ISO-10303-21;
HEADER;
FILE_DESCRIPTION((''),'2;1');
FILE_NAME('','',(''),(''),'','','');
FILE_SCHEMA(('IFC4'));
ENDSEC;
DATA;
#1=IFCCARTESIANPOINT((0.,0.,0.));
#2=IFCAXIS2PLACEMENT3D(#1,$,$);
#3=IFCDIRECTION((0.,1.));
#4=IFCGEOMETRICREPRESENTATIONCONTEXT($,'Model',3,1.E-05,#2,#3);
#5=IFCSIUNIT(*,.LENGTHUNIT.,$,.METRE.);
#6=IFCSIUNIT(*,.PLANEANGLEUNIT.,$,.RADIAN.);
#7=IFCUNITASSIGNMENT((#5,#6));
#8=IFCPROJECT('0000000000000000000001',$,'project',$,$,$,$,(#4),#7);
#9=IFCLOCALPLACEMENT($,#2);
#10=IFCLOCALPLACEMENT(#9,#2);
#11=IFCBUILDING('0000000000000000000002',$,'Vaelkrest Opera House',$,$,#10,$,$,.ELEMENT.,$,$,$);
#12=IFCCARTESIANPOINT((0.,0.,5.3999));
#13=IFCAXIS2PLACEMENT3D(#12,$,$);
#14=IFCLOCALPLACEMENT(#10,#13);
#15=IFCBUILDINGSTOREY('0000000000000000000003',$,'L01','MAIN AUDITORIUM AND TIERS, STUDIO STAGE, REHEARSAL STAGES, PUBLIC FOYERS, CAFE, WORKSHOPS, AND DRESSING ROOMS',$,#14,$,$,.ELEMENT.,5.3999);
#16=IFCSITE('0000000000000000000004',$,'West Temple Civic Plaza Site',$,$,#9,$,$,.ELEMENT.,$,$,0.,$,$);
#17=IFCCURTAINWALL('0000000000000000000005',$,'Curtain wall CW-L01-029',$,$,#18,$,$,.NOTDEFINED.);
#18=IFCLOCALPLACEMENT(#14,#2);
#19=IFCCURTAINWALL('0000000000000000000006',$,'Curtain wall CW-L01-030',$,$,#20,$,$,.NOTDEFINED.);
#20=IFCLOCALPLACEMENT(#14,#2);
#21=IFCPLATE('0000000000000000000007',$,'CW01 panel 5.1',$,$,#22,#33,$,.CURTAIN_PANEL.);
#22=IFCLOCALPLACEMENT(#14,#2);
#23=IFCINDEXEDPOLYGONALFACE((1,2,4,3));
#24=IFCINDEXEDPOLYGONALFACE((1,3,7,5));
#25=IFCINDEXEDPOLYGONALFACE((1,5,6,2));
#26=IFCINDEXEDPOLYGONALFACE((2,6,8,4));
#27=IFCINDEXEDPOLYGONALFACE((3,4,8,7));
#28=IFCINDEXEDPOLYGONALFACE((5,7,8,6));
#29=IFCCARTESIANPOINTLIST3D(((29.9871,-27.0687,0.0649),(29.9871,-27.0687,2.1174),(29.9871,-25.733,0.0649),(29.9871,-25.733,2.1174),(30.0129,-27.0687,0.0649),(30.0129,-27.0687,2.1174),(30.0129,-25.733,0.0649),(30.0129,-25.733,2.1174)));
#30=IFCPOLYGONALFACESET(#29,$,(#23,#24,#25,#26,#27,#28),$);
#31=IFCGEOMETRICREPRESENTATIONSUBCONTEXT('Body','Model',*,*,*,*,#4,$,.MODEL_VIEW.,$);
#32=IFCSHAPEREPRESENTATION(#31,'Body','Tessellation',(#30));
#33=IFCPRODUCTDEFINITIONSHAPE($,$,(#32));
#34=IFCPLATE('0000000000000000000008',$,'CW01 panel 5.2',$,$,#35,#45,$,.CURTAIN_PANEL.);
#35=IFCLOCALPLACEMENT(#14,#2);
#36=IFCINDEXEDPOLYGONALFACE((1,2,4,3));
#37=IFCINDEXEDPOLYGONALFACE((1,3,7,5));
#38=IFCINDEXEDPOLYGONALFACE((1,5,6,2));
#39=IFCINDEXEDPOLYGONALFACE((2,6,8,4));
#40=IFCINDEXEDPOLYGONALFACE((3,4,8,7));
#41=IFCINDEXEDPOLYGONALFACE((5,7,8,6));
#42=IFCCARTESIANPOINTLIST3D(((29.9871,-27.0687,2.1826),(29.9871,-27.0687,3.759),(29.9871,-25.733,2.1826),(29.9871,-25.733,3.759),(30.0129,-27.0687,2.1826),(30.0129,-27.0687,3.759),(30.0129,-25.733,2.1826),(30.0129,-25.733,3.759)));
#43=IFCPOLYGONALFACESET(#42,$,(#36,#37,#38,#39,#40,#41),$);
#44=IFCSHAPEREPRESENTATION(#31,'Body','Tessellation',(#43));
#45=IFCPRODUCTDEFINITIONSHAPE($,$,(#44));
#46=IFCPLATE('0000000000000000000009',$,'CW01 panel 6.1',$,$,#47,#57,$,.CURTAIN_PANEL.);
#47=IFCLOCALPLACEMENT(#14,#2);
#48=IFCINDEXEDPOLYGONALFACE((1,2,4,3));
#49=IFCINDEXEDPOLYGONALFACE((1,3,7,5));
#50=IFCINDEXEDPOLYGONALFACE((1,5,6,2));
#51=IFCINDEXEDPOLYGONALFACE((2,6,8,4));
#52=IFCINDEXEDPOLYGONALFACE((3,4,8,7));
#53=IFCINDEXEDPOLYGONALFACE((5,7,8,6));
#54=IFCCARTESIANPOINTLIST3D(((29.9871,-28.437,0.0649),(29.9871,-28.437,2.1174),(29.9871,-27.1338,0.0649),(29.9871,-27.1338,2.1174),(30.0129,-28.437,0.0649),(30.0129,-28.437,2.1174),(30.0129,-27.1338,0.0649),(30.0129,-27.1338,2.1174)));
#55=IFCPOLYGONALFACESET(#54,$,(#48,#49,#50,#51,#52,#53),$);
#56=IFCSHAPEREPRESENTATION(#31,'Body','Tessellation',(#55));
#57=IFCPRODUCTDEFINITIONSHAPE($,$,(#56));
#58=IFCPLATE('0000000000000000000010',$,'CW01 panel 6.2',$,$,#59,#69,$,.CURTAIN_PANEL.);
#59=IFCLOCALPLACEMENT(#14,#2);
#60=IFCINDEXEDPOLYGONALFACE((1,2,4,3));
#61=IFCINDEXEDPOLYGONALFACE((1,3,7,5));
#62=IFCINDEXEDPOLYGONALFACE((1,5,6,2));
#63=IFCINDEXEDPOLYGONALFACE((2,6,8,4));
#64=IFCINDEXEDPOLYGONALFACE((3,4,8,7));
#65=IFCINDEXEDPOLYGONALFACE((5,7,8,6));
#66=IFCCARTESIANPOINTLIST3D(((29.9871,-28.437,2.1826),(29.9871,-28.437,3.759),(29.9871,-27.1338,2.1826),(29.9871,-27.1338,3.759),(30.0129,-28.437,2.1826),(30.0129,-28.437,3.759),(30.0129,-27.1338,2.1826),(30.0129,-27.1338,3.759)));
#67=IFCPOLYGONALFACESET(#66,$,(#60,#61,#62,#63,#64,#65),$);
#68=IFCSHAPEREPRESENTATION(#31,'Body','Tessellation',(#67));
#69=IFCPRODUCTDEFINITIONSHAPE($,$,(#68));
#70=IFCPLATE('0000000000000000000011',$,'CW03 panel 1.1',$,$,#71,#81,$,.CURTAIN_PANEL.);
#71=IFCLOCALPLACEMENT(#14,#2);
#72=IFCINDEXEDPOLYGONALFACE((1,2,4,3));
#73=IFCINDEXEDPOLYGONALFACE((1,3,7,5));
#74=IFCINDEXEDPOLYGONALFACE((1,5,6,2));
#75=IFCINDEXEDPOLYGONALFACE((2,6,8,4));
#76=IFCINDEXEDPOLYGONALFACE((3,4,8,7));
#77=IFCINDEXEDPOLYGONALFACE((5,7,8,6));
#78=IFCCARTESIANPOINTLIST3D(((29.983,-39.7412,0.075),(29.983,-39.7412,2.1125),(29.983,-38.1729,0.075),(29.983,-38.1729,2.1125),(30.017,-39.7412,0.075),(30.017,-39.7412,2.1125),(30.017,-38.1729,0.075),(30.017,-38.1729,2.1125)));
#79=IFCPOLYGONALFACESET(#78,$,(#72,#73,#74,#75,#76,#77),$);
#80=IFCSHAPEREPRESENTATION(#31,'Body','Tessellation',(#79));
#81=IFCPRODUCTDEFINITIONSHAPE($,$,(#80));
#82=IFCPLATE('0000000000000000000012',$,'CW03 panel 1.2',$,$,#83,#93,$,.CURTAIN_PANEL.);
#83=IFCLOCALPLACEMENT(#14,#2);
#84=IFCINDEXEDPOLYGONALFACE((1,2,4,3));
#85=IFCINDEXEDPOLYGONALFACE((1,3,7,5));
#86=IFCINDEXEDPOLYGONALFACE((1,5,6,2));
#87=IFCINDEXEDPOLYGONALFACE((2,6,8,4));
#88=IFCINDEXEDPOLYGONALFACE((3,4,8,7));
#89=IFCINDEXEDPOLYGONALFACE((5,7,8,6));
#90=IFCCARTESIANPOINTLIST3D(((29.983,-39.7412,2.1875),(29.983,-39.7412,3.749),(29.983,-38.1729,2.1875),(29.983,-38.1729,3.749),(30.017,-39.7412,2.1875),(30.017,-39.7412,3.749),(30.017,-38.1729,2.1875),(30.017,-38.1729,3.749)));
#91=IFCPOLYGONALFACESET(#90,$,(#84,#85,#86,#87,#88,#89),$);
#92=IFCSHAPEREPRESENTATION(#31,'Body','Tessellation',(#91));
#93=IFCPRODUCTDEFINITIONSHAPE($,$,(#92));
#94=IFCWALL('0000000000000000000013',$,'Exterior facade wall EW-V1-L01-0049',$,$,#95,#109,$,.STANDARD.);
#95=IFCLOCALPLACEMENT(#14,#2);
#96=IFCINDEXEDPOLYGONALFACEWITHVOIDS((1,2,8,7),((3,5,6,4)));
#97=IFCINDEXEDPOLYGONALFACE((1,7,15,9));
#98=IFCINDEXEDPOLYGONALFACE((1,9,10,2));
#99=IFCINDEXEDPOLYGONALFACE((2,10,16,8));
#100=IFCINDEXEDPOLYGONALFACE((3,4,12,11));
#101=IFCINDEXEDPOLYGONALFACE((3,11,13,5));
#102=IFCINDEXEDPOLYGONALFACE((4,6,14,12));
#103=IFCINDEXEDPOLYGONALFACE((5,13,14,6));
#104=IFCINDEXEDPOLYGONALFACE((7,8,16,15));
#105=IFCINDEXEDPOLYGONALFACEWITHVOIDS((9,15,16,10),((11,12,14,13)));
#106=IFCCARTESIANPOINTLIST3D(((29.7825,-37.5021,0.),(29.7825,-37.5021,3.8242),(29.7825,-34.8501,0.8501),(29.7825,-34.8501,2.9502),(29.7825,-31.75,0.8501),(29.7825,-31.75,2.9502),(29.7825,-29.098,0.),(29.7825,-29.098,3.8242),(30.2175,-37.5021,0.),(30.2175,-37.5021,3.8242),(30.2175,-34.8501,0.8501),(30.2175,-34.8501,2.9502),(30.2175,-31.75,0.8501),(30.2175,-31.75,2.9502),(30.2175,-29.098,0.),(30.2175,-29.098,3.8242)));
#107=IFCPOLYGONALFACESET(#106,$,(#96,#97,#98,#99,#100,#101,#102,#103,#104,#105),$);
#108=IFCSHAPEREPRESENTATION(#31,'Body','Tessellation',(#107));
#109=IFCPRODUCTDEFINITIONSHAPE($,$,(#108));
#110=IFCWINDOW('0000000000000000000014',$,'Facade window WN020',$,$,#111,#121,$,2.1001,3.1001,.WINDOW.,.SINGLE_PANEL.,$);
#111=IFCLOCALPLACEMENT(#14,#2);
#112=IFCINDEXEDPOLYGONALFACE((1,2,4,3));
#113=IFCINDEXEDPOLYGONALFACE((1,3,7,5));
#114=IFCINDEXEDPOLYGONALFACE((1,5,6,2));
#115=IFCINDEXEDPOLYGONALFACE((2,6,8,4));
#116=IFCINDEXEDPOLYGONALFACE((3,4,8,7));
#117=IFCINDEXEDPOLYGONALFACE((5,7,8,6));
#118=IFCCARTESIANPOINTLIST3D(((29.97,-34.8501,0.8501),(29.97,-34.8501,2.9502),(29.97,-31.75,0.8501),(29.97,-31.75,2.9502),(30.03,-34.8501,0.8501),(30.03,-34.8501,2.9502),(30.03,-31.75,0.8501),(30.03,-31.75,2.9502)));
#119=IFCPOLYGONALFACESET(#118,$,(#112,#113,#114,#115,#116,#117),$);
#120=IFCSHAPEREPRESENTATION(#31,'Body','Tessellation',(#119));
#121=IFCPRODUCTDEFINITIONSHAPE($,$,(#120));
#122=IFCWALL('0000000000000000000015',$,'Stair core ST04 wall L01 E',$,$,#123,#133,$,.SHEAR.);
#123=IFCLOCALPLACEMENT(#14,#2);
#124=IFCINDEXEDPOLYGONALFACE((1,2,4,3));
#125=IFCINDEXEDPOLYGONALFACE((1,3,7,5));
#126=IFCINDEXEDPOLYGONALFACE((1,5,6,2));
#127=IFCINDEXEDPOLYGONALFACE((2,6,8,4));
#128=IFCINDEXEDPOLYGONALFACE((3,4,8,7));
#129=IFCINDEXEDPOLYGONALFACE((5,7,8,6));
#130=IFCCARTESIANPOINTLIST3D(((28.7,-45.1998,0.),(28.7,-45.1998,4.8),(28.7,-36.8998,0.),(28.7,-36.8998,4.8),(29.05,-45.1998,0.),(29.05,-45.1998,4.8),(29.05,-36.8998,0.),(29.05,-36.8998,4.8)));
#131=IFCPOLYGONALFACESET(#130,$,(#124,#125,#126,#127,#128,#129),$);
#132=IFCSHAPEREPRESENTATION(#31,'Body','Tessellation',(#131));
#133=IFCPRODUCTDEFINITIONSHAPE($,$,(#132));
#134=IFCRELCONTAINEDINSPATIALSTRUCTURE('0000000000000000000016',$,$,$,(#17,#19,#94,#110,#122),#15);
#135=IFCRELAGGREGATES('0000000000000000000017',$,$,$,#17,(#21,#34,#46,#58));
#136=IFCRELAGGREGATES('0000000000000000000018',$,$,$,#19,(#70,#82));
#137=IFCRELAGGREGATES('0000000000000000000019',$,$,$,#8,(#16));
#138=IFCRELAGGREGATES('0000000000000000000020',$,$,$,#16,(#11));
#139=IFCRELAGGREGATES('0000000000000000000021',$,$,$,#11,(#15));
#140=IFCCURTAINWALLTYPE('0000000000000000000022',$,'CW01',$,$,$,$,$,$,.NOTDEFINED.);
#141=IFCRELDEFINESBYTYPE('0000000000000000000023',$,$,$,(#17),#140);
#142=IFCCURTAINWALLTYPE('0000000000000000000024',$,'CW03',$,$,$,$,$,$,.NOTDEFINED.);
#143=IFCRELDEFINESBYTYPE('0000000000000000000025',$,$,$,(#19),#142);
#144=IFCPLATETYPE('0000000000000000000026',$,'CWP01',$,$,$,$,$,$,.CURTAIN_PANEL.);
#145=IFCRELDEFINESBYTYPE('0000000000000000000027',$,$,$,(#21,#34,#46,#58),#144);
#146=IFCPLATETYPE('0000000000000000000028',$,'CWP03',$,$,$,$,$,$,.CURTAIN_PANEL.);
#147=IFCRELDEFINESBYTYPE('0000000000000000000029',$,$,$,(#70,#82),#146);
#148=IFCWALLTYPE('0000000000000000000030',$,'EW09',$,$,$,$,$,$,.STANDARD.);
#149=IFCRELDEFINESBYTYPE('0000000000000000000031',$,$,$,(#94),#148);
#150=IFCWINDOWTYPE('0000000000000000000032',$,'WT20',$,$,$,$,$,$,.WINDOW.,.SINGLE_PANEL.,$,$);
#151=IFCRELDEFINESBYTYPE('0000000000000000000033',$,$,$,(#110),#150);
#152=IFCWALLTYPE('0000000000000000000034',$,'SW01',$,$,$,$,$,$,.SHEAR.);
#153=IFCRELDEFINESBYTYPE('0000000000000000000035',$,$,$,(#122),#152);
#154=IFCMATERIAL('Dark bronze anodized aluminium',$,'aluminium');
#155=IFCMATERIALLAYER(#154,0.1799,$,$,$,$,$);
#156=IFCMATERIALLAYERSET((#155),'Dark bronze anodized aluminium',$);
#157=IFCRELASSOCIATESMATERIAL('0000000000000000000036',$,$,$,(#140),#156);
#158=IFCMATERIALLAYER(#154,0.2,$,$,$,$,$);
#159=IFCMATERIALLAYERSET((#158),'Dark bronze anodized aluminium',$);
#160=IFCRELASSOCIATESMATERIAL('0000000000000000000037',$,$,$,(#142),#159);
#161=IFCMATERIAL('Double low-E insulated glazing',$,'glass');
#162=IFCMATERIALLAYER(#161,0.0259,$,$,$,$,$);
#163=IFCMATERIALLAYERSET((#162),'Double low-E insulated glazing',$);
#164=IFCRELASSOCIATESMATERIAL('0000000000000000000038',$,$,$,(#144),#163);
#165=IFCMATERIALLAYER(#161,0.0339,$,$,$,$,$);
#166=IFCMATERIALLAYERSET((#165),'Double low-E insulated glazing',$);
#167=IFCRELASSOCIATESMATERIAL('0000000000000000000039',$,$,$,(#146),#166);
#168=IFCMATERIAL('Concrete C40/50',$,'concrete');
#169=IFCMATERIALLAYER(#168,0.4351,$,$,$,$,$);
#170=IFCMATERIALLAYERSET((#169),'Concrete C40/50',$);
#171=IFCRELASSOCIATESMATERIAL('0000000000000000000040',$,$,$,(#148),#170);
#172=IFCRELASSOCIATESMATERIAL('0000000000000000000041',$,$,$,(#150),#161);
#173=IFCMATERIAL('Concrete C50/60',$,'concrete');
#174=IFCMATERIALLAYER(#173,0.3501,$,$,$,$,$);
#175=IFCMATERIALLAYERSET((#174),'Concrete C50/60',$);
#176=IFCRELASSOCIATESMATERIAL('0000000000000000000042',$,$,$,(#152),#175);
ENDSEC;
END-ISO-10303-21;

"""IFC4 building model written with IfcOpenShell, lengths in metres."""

from ifc_helpers import new_model, si_unit, direction, frame, frame_2d, origin, origin_2d, place, context, subcontext, project, spatial, rectangle, extrude, material, layer, layer_set, type_object, element, fill, aggregate, save


model = new_model("IFC4")

# Units and contexts
model_context = context("Model", 3, precision=1e-05, world=origin(), true_north=direction((0.0, 1.0)))
body_context = subcontext(model_context, "Body", "Model", "MODEL_VIEW")
ifc_project = project(units=[si_unit("LENGTHUNIT", "METRE"), si_unit("PLANEANGLEUNIT", "RADIAN")], contexts=[model_context])

# Site, building, storey
site_placement = place(None, origin())
site = spatial("IfcSite", under=ifc_project, at=site_placement, Name="West Temple Civic Plaza Site", CompositionType="ELEMENT", RefElevation=0.0)
building_placement = place(site_placement, origin())
building = spatial("IfcBuilding", under=site, at=building_placement, Name="Vaelkrest Opera House", CompositionType="ELEMENT")
storey_placement = place(building_placement, frame((0.0, 0.0, 5.3999)))
storey = spatial("IfcBuildingStorey", under=building, at=storey_placement, Name="L01", Description="MAIN AUDITORIUM AND TIERS, STUDIO STAGE, REHEARSAL STAGES, PUBLIC FOYERS, CAFE, WORKSHOPS, AND DRESSING ROOMS", CompositionType="ELEMENT", Elevation=5.3999)

# Shared definitions
ifc_material_1 = material(Name="Concrete C50/60", Category="concrete")

# Curtain walls
ifc_material_2 = material(Name="Dark bronze anodized aluminium", Category="aluminium")
ifc_layer_1 = layer(ifc_material_2, 0.1799)
ifc_layer_set_1 = layer_set([ifc_layer_1], Name="Dark bronze anodized aluminium")
curtain_wall_type_1 = type_object("IfcCurtainWallType", Name="CW01", PredefinedType="NOTDEFINED", material=ifc_layer_set_1)
curtain_wall_1_placement = place(storey_placement, origin())
curtain_wall_1 = element("IfcCurtainWall", 1, at=curtain_wall_1_placement, inside=storey, type_object=curtain_wall_type_1, Name="Curtain wall CW-L01-029", PredefinedType="NOTDEFINED")
ifc_layer_2 = layer(ifc_material_2, 0.2)
ifc_layer_set_2 = layer_set([ifc_layer_2], Name="Dark bronze anodized aluminium")
curtain_wall_type_2 = type_object("IfcCurtainWallType", Name="CW03", PredefinedType="NOTDEFINED", material=ifc_layer_set_2)
curtain_wall_2_placement = place(storey_placement, origin())
curtain_wall_2 = element("IfcCurtainWall", 2, at=curtain_wall_2_placement, inside=storey, type_object=curtain_wall_type_2, Name="Curtain wall CW-L01-030", PredefinedType="NOTDEFINED")

# Plates
ifc_material_3 = material(Name="Double low-E insulated glazing", Category="glass")
ifc_layer_3 = layer(ifc_material_3, 0.0259)
ifc_layer_set_3 = layer_set([ifc_layer_3], Name="Double low-E insulated glazing")
plate_type_1 = type_object("IfcPlateType", Name="CWP01", PredefinedType="CURTAIN_PANEL", material=ifc_layer_set_3)
plate_1_placement = place(storey_placement, frame((30.0, -26.4009, 0.0649), z_axis=(0.0, 0.0, 1.0), x_axis=(0.0, -1.0, 0.0)))
plate_1 = element("IfcPlate", 3, at=plate_1_placement, type_object=plate_type_1, Name="CW01 panel 5.1", PredefinedType="CURTAIN_PANEL", context=body_context, shape_type="SweptSolid", body=[
    extrude(rectangle(XDim=1.3357, YDim=0.0259, at=origin_2d()), origin(), (0.0, 0.0, 1.0), 2.0525),
])
plate_2_placement = place(storey_placement, frame((30.0, -26.4009, 2.1826), z_axis=(0.0, 0.0, 1.0), x_axis=(0.0, -1.0, 0.0)))
plate_2 = element("IfcPlate", 4, at=plate_2_placement, type_object=plate_type_1, Name="CW01 panel 5.2", PredefinedType="CURTAIN_PANEL", context=body_context, shape_type="SweptSolid", body=[
    extrude(rectangle(XDim=1.3357, YDim=0.0259, at=origin_2d()), origin(), (0.0, 0.0, 1.0), 1.5764),
])
plate_3_placement = place(storey_placement, frame((30.0, -27.7854, 0.0649), z_axis=(0.0, 0.0, 1.0), x_axis=(0.0, -1.0, 0.0)))
plate_3 = element("IfcPlate", 5, at=plate_3_placement, type_object=plate_type_1, Name="CW01 panel 6.1", PredefinedType="CURTAIN_PANEL", context=body_context, shape_type="SweptSolid", body=[
    extrude(rectangle(XDim=1.3032, YDim=0.0259, at=origin_2d()), origin(), (0.0, 0.0, 1.0), 2.0525),
])
plate_4_placement = place(storey_placement, frame((30.0, -27.7854, 2.1826), z_axis=(0.0, 0.0, 1.0), x_axis=(0.0, -1.0, 0.0)))
plate_4 = element("IfcPlate", 6, at=plate_4_placement, type_object=plate_type_1, Name="CW01 panel 6.2", PredefinedType="CURTAIN_PANEL", context=body_context, shape_type="SweptSolid", body=[
    extrude(rectangle(XDim=1.3032, YDim=0.0259, at=origin_2d()), origin(), (0.0, 0.0, 1.0), 1.5764),
])
aggregate(curtain_wall_1, [plate_1, plate_2, plate_3, plate_4])
ifc_layer_4 = layer(ifc_material_3, 0.0339)
ifc_layer_set_4 = layer_set([ifc_layer_4], Name="Double low-E insulated glazing")
plate_type_2 = type_object("IfcPlateType", Name="CWP03", PredefinedType="CURTAIN_PANEL", material=ifc_layer_set_4)
plate_5_placement = place(storey_placement, frame((30.0, -38.957, 0.075), z_axis=(0.0, 0.0, 1.0), x_axis=(0.0, -1.0, 0.0)))
plate_5 = element("IfcPlate", 7, at=plate_5_placement, type_object=plate_type_2, Name="CW03 panel 1.1", PredefinedType="CURTAIN_PANEL", context=body_context, shape_type="SweptSolid", body=[
    extrude(rectangle(XDim=1.5684, YDim=0.0339, at=origin_2d()), origin(), (0.0, 0.0, 1.0), 2.0376),
])
plate_6_placement = place(storey_placement, frame((30.0, -38.957, 2.1875), z_axis=(0.0, 0.0, 1.0), x_axis=(0.0, -1.0, 0.0)))
plate_6 = element("IfcPlate", 8, at=plate_6_placement, type_object=plate_type_2, Name="CW03 panel 1.2", PredefinedType="CURTAIN_PANEL", context=body_context, shape_type="SweptSolid", body=[
    extrude(rectangle(XDim=1.5684, YDim=0.0339, at=origin_2d()), origin(), (0.0, 0.0, 1.0), 1.5615),
])
aggregate(curtain_wall_2, [plate_5, plate_6])

# Wall, opening, window
ifc_material_4 = material(Name="Concrete C40/50", Category="concrete")
ifc_layer_5 = layer(ifc_material_4, 0.4351)
ifc_layer_set_5 = layer_set([ifc_layer_5], Name="Concrete C40/50")
wall_type_1 = type_object("IfcWallType", Name="EW09", PredefinedType="STANDARD", material=ifc_layer_set_5)
wall_1_placement = place(storey_placement, frame((30.0, -29.0979, 0.0), z_axis=(0.0, 0.0, 1.0), x_axis=(0.0, -1.0, 0.0)))
wall_1 = element("IfcWall", 9, at=wall_1_placement, inside=storey, type_object=wall_type_1, Name="Exterior facade wall EW-V1-L01-0049", PredefinedType="STANDARD", context=body_context, shape_type="SweptSolid", body=[
    extrude(rectangle(XDim=8.4041, YDim=0.4351, at=frame_2d((4.2021, 0.0))), origin(), (0.0, 0.0, 1.0), 3.8242),
])
opening_placement = place(wall_1_placement, frame((2.6521, 0.0, 0.8501)))
opening = element("IfcOpeningElement", 10, at=opening_placement, cuts=wall_1, PredefinedType="OPENING", context=body_context, shape_type="SweptSolid", body=[
    extrude(rectangle(XDim=3.1001, YDim=2.1001, at=frame_2d((1.55, 1.05))), frame((0.0, 0.2275, 0.0), z_axis=(0.0, -1.0, 0.0), x_axis=(1.0, 0.0, 0.0)), (0.0, 0.0, 1.0), 0.4551),
])
window_type = type_object("IfcWindowType", Name="WT20", PartitioningType="SINGLE_PANEL", PredefinedType="WINDOW", material=ifc_material_3)
window_placement = place(opening_placement, origin())
window = element("IfcWindow", 11, at=window_placement, inside=storey, type_object=window_type, Name="Facade window WN020", OverallHeight=2.1001, OverallWidth=3.1001, PartitioningType="SINGLE_PANEL", PredefinedType="WINDOW", context=body_context, shape_type="SweptSolid", body=[
    extrude(rectangle(XDim=3.1001, YDim=2.1001, at=frame_2d((1.55, 1.05))), frame((0.0, 0.03, 0.0), z_axis=(0.0, -1.0, 0.0), x_axis=(1.0, 0.0, 0.0)), (0.0, 0.0, 1.0), 0.0601),
])
fill(opening, window)

# Wall
ifc_layer_6 = layer(ifc_material_1, 0.3501)
ifc_layer_set_6 = layer_set([ifc_layer_6], Name="Concrete C50/60")
wall_type_2 = type_object("IfcWallType", Name="SW01", PredefinedType="SHEAR", material=ifc_layer_set_6)
wall_2_placement = place(storey_placement, frame((28.875, -36.8999, 0.0), z_axis=(0.0, 0.0, 1.0), x_axis=(0.0, -1.0, 0.0)))
element("IfcWall", 12, at=wall_2_placement, inside=storey, type_object=wall_type_2, Name="Stair core ST04 wall L01 E", PredefinedType="SHEAR", context=body_context, shape_type="SweptSolid", body=[
    extrude(rectangle(XDim=8.3, YDim=0.3501, at=frame_2d((4.1499, 0.0))), origin(), (0.0, 0.0, 1.0), 4.8),
])

save(model, "model.ifc")
